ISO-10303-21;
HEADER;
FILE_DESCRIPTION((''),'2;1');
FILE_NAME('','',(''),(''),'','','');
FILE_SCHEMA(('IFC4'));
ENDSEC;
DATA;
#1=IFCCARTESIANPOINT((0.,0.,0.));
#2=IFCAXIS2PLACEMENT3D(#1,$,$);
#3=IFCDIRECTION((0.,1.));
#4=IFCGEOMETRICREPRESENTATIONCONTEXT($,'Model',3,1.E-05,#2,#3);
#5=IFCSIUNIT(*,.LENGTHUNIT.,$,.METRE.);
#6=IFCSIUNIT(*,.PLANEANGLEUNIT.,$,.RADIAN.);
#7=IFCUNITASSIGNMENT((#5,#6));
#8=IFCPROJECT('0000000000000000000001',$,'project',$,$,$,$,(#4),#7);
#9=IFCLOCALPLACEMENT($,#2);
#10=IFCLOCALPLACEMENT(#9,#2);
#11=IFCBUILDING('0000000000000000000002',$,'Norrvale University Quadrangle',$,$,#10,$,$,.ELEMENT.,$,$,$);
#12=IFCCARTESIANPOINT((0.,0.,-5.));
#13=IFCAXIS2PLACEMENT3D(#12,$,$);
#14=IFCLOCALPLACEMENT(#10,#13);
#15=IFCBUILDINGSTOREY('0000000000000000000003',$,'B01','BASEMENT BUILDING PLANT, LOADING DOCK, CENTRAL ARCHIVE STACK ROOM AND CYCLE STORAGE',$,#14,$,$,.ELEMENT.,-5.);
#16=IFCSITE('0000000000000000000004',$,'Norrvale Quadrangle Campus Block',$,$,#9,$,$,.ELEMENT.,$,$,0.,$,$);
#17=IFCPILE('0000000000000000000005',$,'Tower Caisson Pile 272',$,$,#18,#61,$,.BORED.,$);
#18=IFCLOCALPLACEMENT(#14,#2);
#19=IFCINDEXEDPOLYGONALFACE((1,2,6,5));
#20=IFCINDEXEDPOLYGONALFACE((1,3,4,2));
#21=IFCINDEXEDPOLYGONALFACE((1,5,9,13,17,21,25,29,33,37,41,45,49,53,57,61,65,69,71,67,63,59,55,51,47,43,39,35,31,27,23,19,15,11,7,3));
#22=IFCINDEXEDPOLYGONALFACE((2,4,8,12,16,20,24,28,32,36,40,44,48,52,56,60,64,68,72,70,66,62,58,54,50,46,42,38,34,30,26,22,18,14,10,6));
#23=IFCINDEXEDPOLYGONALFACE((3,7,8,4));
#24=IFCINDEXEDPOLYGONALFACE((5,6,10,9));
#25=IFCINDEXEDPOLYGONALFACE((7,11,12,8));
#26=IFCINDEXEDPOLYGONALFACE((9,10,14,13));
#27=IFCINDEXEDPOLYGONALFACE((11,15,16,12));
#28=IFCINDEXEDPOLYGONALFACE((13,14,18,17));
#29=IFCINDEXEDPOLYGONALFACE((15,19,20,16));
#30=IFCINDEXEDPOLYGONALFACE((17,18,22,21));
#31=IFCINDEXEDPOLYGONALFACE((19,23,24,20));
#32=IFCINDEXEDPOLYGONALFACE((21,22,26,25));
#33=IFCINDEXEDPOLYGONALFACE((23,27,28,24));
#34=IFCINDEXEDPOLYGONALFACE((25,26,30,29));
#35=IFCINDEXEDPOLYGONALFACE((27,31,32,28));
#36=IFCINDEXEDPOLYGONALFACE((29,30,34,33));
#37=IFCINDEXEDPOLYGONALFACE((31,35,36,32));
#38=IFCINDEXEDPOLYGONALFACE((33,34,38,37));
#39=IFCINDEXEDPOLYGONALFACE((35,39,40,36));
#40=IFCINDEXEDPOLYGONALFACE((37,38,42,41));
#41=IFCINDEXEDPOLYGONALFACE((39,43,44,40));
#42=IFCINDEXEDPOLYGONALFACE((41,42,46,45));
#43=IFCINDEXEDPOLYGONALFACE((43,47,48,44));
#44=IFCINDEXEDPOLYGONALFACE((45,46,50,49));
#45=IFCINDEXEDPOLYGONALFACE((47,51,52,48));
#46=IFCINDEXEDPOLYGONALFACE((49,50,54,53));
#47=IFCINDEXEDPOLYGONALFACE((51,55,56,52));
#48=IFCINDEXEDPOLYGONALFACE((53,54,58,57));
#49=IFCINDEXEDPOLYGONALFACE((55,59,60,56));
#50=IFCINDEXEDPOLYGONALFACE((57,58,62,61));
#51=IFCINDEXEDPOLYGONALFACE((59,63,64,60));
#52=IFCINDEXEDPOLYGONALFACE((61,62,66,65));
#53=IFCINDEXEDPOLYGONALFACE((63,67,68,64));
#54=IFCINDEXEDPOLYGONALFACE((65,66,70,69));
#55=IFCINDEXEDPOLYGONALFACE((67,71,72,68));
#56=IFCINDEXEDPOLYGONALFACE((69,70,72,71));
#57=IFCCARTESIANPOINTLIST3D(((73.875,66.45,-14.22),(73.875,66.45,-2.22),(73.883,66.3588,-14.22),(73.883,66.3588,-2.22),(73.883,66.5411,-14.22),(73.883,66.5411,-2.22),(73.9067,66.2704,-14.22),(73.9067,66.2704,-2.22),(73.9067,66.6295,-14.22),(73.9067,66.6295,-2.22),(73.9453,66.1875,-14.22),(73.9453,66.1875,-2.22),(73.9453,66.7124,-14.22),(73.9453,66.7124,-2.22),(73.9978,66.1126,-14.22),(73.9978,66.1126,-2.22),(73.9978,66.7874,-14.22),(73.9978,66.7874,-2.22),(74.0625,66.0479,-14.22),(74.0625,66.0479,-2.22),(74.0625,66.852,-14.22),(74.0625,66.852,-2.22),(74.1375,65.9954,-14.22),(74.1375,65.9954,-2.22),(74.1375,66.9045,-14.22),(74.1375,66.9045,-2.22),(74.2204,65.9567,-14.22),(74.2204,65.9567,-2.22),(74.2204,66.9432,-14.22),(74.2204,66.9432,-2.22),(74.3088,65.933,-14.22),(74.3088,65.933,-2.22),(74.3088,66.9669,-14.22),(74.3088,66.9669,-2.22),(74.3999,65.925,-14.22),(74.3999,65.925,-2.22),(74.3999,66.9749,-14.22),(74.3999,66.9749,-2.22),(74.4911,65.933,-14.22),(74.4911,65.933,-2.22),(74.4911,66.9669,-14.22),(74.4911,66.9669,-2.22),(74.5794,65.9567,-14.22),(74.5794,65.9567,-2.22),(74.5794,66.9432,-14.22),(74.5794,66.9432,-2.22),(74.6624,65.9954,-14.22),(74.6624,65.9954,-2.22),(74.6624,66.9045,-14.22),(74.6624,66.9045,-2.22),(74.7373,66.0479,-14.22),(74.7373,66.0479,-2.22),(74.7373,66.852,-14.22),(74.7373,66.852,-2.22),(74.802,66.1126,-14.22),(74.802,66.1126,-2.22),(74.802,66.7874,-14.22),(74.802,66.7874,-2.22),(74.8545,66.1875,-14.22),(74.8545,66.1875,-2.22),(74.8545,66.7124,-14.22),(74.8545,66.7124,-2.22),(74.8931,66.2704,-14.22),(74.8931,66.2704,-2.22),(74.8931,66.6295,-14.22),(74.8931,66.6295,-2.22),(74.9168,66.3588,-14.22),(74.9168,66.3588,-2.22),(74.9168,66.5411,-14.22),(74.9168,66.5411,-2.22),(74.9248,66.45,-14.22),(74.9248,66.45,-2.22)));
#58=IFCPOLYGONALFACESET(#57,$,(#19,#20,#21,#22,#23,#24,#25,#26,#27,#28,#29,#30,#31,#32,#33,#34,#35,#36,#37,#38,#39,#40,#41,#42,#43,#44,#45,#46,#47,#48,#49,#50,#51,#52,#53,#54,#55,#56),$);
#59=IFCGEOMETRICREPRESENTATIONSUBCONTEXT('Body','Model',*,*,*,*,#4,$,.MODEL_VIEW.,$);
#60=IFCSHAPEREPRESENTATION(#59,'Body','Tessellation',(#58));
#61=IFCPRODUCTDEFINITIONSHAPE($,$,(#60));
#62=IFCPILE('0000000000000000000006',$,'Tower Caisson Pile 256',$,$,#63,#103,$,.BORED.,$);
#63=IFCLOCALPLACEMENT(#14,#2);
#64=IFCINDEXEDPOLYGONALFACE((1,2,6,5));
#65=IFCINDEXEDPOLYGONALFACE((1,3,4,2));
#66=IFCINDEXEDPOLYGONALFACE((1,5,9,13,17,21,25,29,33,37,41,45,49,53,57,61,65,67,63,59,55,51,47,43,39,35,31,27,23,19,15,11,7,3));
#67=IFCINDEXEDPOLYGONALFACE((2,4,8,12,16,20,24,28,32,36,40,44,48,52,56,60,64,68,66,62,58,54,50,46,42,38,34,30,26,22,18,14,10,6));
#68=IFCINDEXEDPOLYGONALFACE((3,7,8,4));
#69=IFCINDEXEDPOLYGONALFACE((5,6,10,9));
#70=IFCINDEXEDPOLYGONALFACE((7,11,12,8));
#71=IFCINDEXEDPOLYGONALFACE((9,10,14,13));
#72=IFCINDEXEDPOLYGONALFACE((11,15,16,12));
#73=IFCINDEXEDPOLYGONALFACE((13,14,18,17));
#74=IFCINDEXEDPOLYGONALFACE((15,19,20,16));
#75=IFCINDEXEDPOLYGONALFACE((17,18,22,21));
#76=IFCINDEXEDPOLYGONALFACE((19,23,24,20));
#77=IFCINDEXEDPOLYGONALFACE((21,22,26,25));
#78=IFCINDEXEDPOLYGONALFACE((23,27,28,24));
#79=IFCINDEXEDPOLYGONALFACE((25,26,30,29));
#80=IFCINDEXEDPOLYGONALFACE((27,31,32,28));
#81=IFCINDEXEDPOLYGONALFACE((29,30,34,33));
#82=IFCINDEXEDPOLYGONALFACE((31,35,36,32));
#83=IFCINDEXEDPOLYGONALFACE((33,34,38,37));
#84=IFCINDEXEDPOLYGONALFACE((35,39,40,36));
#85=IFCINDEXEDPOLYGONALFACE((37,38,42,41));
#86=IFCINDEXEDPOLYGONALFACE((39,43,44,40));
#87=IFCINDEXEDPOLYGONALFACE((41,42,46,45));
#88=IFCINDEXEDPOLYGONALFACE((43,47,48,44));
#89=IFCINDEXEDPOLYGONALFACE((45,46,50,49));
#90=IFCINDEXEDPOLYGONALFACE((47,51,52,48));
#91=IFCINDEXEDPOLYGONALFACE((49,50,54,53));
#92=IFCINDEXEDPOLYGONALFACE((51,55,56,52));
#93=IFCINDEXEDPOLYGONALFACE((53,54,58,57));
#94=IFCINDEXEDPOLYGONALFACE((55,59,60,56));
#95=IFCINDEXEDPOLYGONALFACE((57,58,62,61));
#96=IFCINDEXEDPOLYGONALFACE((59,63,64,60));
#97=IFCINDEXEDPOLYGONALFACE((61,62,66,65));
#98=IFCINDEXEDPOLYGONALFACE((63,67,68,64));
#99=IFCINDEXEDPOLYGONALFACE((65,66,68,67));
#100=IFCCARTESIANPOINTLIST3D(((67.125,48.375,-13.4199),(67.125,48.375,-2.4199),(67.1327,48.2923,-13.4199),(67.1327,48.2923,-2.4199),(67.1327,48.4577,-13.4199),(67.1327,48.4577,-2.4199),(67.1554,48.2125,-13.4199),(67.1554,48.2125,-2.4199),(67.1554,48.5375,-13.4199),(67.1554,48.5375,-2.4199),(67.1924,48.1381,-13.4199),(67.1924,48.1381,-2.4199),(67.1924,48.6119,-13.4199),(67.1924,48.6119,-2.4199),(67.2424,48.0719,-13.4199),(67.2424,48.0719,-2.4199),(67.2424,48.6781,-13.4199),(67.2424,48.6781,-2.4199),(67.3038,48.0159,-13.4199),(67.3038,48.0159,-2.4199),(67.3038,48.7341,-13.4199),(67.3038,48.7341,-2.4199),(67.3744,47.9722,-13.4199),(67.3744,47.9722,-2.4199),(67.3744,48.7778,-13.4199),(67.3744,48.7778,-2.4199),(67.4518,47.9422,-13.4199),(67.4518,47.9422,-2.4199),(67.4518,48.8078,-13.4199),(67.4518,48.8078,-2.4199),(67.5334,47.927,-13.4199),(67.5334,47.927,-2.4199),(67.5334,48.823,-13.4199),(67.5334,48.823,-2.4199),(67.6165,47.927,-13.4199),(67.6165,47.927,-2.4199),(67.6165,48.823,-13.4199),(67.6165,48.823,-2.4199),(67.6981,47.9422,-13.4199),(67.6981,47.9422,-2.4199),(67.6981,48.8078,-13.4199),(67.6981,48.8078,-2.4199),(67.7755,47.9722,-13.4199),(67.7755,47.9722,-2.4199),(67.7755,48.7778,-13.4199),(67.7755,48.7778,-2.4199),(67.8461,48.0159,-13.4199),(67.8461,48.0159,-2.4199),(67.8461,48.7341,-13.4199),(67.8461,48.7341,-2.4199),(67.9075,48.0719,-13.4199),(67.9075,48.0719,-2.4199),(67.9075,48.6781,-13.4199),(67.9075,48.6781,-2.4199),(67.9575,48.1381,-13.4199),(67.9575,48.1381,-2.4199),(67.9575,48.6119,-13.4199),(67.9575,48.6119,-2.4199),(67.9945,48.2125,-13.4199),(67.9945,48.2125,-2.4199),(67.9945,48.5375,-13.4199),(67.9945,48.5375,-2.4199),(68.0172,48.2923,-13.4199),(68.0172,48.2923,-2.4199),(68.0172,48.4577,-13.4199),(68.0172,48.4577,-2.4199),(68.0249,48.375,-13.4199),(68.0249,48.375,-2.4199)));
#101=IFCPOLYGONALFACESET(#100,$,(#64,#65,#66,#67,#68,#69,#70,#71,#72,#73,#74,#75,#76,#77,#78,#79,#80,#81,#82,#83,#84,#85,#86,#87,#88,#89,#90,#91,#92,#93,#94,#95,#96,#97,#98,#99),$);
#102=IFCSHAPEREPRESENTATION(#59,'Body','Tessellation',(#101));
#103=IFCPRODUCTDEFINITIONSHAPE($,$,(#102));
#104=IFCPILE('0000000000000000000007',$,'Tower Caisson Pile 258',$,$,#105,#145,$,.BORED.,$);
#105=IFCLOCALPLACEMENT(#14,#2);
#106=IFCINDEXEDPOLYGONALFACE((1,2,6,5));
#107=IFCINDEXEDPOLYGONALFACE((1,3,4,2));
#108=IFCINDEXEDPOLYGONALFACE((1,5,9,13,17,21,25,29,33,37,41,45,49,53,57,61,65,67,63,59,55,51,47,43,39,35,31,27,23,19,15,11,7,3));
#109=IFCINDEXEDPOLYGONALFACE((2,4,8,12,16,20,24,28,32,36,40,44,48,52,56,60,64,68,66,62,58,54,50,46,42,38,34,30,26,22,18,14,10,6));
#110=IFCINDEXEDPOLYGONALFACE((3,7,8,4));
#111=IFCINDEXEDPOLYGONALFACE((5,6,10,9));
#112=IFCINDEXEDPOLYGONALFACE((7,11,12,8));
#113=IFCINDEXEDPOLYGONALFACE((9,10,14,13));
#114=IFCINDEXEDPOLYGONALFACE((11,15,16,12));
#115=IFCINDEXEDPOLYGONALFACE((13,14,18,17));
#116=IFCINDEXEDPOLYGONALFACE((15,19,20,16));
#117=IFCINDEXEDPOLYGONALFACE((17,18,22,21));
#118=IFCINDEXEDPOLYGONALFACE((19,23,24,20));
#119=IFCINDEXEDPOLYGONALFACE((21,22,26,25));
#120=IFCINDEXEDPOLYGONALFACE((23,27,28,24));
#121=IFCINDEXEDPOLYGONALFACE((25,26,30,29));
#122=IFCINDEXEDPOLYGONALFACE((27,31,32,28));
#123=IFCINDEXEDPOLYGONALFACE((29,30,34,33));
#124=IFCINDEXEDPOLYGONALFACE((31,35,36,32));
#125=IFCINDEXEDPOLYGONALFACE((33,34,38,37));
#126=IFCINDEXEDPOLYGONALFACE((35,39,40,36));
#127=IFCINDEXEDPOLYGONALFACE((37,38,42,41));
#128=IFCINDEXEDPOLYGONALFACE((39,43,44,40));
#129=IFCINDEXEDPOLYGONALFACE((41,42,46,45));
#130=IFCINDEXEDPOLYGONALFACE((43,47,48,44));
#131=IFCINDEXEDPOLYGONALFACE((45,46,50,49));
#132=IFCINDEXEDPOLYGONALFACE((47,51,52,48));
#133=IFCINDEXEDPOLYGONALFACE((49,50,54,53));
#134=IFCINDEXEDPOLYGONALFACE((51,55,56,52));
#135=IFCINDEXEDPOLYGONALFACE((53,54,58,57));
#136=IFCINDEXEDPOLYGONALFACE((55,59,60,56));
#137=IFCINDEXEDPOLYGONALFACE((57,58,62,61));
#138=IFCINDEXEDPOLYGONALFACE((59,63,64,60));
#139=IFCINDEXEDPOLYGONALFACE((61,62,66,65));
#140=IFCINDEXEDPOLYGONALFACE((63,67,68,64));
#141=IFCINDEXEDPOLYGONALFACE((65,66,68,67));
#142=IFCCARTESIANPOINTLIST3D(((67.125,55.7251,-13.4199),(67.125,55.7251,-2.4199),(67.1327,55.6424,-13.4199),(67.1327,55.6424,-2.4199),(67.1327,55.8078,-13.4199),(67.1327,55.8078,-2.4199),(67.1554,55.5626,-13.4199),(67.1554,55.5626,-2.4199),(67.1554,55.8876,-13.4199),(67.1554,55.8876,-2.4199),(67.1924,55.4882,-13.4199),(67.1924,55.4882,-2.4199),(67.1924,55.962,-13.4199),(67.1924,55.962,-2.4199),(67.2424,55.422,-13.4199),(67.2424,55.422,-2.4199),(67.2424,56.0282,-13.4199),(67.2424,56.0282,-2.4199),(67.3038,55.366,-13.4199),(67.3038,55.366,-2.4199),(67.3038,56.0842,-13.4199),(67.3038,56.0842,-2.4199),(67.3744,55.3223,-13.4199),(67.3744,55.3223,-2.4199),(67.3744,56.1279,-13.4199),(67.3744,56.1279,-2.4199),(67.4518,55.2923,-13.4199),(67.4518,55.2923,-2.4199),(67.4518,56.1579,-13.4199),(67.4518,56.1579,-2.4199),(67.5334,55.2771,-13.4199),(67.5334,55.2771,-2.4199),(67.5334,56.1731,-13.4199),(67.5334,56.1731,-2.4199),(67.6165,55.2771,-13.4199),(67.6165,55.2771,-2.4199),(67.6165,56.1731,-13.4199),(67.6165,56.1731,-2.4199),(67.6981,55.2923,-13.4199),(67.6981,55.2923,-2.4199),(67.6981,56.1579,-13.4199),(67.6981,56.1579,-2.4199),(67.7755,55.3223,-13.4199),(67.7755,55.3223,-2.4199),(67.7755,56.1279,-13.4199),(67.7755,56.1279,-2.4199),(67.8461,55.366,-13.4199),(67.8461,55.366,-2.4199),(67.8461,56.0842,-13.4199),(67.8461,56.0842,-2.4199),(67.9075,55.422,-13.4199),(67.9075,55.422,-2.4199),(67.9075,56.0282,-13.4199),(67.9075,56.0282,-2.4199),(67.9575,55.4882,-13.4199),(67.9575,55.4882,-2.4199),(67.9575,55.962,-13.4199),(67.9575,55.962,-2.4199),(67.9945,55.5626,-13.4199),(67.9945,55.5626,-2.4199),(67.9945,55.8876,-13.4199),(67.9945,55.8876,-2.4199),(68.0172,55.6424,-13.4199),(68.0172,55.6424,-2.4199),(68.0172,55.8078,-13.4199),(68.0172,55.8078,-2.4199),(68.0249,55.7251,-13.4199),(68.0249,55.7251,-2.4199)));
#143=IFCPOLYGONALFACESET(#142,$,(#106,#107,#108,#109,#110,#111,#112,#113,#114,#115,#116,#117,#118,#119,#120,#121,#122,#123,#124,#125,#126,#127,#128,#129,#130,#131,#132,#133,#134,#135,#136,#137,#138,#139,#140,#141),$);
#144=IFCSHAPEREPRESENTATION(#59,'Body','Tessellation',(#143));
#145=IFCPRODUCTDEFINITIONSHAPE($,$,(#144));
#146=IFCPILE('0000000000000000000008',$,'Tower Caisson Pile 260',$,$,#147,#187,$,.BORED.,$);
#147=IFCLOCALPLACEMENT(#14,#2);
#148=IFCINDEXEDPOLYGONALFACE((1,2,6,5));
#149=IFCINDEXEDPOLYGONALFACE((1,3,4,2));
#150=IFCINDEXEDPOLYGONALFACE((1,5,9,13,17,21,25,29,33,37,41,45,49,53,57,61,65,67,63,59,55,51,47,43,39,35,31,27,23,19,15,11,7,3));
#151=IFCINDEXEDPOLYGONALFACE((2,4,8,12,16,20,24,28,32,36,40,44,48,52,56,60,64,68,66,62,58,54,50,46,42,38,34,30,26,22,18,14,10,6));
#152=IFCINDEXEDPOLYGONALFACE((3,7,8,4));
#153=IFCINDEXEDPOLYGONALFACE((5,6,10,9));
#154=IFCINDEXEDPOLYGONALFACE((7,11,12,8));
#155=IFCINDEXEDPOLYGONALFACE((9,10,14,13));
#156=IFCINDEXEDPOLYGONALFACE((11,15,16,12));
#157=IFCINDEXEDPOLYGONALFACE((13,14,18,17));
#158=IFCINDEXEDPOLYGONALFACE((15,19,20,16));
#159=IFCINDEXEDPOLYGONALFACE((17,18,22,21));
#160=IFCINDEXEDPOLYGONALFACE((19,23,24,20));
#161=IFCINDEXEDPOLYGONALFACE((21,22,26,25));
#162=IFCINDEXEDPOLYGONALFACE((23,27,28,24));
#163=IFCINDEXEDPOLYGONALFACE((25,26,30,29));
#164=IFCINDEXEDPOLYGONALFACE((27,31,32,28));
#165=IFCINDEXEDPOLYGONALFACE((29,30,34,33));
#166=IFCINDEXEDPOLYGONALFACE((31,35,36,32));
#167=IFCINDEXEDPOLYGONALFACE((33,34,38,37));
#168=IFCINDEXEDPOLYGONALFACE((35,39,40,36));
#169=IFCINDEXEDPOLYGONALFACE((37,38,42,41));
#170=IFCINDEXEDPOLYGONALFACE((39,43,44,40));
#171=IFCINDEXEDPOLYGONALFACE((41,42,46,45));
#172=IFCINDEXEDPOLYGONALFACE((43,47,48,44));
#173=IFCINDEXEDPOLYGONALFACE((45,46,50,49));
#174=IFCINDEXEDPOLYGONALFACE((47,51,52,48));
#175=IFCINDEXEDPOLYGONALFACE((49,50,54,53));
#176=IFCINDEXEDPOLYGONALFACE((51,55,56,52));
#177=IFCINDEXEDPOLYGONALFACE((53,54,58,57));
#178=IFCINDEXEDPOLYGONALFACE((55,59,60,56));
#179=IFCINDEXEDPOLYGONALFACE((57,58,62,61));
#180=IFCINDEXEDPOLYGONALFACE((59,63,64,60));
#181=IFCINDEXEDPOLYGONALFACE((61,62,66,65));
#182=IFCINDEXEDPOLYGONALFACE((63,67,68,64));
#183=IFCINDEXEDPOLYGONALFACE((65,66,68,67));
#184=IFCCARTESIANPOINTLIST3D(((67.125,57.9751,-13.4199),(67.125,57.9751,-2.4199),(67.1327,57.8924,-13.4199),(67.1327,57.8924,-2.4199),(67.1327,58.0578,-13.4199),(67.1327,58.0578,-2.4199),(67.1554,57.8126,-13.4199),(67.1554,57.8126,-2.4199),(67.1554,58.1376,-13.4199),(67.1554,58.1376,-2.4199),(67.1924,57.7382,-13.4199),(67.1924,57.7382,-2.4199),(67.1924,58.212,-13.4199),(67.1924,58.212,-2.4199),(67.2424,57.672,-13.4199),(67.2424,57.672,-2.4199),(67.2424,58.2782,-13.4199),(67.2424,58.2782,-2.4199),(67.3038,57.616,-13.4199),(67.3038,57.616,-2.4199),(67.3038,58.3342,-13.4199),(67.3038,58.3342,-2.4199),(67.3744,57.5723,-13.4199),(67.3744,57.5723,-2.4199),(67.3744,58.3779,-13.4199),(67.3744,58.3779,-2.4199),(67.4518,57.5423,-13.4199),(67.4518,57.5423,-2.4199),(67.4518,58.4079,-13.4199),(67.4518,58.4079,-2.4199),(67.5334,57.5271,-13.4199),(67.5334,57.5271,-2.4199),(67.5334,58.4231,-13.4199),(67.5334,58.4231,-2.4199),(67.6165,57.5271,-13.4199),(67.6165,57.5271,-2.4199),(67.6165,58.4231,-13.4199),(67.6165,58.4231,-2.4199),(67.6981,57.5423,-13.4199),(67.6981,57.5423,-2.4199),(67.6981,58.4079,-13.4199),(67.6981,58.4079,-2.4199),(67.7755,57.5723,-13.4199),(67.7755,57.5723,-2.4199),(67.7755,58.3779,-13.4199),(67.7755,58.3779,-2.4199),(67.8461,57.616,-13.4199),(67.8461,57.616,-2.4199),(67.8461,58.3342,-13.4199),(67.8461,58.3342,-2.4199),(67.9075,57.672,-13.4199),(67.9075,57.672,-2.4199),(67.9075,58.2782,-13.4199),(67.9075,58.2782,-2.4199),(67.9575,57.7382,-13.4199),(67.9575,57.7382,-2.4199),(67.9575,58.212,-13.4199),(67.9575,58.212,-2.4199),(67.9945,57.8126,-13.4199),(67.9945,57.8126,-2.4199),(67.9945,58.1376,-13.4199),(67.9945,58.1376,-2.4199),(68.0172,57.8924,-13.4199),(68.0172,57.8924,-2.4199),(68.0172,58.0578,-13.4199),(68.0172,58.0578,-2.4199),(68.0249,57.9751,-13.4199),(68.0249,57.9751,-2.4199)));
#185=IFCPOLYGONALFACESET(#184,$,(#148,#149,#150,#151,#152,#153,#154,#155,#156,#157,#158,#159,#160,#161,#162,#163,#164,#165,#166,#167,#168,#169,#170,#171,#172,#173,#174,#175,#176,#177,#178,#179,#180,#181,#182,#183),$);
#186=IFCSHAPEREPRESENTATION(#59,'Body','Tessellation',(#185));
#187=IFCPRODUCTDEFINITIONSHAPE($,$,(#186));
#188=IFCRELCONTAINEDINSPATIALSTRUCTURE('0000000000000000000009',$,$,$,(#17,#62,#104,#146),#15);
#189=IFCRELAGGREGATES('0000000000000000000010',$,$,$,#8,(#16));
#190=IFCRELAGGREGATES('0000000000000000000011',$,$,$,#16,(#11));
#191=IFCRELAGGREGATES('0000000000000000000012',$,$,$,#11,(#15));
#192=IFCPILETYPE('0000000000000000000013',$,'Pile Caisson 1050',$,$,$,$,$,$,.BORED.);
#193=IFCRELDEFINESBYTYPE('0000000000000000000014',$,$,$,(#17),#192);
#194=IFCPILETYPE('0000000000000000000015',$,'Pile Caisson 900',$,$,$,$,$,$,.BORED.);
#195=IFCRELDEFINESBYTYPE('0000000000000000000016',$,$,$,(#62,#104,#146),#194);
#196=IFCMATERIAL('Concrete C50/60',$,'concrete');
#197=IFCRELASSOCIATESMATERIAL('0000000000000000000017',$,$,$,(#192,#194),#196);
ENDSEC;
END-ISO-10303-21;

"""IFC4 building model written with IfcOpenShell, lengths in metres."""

from ifc_helpers import new_model, si_unit, direction, frame, origin, origin_2d, place, context, subcontext, project, spatial, circle, extrude, material, material_profile, profile_set, type_object, element, save


model = new_model("IFC4")

# Units and contexts
model_context = context("Model", 3, precision=1e-05, world=origin(), true_north=direction((0.0, 1.0)))
body_context = subcontext(model_context, "Body", "Model", "MODEL_VIEW")
ifc_project = project(units=[si_unit("LENGTHUNIT", "METRE"), si_unit("PLANEANGLEUNIT", "RADIAN")], contexts=[model_context])

# Site, building, storey
site_placement = place(None, origin())
site = spatial("IfcSite", under=ifc_project, at=site_placement, Name="Norrvale Quadrangle Campus Block", CompositionType="ELEMENT", RefElevation=0.0)
building_placement = place(site_placement, origin())
building = spatial("IfcBuilding", under=site, at=building_placement, Name="Norrvale University Quadrangle", CompositionType="ELEMENT")
storey_placement = place(building_placement, frame((0.0, 0.0, -5.0)))
storey = spatial("IfcBuildingStorey", under=building, at=storey_placement, Name="B01", Description="BASEMENT BUILDING PLANT, LOADING DOCK, CENTRAL ARCHIVE STACK ROOM AND CYCLE STORAGE", CompositionType="ELEMENT", Elevation=-5.0)

# Shared definitions
ifc_material_1 = material(Name="Concrete C50/60", Category="concrete")

# Piles
ifc_material_profile_1 = material_profile(ifc_material_1, circle(Radius=0.5249, at=origin_2d()), Name="Concrete C50/60")
ifc_profile_set_1 = profile_set([ifc_material_profile_1], Name="Concrete C50/60")
pile_type_1 = type_object("IfcPileType", Name="Pile Caisson 1050", PredefinedType="BORED", material=ifc_profile_set_1)
for number, where, z_axis, x_axis, name in (
    (1, (74.3999, 66.45, -2.22), (0.0, 0.0, -1.0), (1.0, 0.0, 0.0), "Tower Caisson Pile 272"),
):
    element("IfcPile", number, at=place(storey_placement, frame(where, z_axis=z_axis, x_axis=x_axis)), inside=storey, type_object=pile_type_1, Name=name, PredefinedType="BORED", context=body_context, shape_type="SweptSolid", body=[
        extrude(circle(Radius=0.5249, at=origin_2d()), origin(), (0.0, 0.0, 1.0), 12.0),
    ])
ifc_material_profile_2 = material_profile(ifc_material_1, circle(Radius=0.45, at=origin_2d()), Name="Concrete C50/60")
ifc_profile_set_2 = profile_set([ifc_material_profile_2], Name="Concrete C50/60")
pile_type_2 = type_object("IfcPileType", Name="Pile Caisson 900", PredefinedType="BORED", material=ifc_profile_set_2)
for number, where, z_axis, x_axis, name in (
    (2, (67.575, 48.375, -2.4199), (0.0, 0.0, -1.0), (1.0, 0.0, 0.0), "Tower Caisson Pile 256"),
    (3, (67.575, 55.7251, -2.4199), (0.0, 0.0, -1.0), (1.0, 0.0, 0.0), "Tower Caisson Pile 258"),
    (4, (67.575, 57.9751, -2.4199), (0.0, 0.0, -1.0), (1.0, 0.0, 0.0), "Tower Caisson Pile 260"),
):
    element("IfcPile", number, at=place(storey_placement, frame(where, z_axis=z_axis, x_axis=x_axis)), inside=storey, type_object=pile_type_2, Name=name, PredefinedType="BORED", context=body_context, shape_type="SweptSolid", body=[
        extrude(circle(Radius=0.45, at=origin_2d()), origin(), (0.0, 0.0, 1.0), 11.0),
    ])

save(model, "model.ifc")
